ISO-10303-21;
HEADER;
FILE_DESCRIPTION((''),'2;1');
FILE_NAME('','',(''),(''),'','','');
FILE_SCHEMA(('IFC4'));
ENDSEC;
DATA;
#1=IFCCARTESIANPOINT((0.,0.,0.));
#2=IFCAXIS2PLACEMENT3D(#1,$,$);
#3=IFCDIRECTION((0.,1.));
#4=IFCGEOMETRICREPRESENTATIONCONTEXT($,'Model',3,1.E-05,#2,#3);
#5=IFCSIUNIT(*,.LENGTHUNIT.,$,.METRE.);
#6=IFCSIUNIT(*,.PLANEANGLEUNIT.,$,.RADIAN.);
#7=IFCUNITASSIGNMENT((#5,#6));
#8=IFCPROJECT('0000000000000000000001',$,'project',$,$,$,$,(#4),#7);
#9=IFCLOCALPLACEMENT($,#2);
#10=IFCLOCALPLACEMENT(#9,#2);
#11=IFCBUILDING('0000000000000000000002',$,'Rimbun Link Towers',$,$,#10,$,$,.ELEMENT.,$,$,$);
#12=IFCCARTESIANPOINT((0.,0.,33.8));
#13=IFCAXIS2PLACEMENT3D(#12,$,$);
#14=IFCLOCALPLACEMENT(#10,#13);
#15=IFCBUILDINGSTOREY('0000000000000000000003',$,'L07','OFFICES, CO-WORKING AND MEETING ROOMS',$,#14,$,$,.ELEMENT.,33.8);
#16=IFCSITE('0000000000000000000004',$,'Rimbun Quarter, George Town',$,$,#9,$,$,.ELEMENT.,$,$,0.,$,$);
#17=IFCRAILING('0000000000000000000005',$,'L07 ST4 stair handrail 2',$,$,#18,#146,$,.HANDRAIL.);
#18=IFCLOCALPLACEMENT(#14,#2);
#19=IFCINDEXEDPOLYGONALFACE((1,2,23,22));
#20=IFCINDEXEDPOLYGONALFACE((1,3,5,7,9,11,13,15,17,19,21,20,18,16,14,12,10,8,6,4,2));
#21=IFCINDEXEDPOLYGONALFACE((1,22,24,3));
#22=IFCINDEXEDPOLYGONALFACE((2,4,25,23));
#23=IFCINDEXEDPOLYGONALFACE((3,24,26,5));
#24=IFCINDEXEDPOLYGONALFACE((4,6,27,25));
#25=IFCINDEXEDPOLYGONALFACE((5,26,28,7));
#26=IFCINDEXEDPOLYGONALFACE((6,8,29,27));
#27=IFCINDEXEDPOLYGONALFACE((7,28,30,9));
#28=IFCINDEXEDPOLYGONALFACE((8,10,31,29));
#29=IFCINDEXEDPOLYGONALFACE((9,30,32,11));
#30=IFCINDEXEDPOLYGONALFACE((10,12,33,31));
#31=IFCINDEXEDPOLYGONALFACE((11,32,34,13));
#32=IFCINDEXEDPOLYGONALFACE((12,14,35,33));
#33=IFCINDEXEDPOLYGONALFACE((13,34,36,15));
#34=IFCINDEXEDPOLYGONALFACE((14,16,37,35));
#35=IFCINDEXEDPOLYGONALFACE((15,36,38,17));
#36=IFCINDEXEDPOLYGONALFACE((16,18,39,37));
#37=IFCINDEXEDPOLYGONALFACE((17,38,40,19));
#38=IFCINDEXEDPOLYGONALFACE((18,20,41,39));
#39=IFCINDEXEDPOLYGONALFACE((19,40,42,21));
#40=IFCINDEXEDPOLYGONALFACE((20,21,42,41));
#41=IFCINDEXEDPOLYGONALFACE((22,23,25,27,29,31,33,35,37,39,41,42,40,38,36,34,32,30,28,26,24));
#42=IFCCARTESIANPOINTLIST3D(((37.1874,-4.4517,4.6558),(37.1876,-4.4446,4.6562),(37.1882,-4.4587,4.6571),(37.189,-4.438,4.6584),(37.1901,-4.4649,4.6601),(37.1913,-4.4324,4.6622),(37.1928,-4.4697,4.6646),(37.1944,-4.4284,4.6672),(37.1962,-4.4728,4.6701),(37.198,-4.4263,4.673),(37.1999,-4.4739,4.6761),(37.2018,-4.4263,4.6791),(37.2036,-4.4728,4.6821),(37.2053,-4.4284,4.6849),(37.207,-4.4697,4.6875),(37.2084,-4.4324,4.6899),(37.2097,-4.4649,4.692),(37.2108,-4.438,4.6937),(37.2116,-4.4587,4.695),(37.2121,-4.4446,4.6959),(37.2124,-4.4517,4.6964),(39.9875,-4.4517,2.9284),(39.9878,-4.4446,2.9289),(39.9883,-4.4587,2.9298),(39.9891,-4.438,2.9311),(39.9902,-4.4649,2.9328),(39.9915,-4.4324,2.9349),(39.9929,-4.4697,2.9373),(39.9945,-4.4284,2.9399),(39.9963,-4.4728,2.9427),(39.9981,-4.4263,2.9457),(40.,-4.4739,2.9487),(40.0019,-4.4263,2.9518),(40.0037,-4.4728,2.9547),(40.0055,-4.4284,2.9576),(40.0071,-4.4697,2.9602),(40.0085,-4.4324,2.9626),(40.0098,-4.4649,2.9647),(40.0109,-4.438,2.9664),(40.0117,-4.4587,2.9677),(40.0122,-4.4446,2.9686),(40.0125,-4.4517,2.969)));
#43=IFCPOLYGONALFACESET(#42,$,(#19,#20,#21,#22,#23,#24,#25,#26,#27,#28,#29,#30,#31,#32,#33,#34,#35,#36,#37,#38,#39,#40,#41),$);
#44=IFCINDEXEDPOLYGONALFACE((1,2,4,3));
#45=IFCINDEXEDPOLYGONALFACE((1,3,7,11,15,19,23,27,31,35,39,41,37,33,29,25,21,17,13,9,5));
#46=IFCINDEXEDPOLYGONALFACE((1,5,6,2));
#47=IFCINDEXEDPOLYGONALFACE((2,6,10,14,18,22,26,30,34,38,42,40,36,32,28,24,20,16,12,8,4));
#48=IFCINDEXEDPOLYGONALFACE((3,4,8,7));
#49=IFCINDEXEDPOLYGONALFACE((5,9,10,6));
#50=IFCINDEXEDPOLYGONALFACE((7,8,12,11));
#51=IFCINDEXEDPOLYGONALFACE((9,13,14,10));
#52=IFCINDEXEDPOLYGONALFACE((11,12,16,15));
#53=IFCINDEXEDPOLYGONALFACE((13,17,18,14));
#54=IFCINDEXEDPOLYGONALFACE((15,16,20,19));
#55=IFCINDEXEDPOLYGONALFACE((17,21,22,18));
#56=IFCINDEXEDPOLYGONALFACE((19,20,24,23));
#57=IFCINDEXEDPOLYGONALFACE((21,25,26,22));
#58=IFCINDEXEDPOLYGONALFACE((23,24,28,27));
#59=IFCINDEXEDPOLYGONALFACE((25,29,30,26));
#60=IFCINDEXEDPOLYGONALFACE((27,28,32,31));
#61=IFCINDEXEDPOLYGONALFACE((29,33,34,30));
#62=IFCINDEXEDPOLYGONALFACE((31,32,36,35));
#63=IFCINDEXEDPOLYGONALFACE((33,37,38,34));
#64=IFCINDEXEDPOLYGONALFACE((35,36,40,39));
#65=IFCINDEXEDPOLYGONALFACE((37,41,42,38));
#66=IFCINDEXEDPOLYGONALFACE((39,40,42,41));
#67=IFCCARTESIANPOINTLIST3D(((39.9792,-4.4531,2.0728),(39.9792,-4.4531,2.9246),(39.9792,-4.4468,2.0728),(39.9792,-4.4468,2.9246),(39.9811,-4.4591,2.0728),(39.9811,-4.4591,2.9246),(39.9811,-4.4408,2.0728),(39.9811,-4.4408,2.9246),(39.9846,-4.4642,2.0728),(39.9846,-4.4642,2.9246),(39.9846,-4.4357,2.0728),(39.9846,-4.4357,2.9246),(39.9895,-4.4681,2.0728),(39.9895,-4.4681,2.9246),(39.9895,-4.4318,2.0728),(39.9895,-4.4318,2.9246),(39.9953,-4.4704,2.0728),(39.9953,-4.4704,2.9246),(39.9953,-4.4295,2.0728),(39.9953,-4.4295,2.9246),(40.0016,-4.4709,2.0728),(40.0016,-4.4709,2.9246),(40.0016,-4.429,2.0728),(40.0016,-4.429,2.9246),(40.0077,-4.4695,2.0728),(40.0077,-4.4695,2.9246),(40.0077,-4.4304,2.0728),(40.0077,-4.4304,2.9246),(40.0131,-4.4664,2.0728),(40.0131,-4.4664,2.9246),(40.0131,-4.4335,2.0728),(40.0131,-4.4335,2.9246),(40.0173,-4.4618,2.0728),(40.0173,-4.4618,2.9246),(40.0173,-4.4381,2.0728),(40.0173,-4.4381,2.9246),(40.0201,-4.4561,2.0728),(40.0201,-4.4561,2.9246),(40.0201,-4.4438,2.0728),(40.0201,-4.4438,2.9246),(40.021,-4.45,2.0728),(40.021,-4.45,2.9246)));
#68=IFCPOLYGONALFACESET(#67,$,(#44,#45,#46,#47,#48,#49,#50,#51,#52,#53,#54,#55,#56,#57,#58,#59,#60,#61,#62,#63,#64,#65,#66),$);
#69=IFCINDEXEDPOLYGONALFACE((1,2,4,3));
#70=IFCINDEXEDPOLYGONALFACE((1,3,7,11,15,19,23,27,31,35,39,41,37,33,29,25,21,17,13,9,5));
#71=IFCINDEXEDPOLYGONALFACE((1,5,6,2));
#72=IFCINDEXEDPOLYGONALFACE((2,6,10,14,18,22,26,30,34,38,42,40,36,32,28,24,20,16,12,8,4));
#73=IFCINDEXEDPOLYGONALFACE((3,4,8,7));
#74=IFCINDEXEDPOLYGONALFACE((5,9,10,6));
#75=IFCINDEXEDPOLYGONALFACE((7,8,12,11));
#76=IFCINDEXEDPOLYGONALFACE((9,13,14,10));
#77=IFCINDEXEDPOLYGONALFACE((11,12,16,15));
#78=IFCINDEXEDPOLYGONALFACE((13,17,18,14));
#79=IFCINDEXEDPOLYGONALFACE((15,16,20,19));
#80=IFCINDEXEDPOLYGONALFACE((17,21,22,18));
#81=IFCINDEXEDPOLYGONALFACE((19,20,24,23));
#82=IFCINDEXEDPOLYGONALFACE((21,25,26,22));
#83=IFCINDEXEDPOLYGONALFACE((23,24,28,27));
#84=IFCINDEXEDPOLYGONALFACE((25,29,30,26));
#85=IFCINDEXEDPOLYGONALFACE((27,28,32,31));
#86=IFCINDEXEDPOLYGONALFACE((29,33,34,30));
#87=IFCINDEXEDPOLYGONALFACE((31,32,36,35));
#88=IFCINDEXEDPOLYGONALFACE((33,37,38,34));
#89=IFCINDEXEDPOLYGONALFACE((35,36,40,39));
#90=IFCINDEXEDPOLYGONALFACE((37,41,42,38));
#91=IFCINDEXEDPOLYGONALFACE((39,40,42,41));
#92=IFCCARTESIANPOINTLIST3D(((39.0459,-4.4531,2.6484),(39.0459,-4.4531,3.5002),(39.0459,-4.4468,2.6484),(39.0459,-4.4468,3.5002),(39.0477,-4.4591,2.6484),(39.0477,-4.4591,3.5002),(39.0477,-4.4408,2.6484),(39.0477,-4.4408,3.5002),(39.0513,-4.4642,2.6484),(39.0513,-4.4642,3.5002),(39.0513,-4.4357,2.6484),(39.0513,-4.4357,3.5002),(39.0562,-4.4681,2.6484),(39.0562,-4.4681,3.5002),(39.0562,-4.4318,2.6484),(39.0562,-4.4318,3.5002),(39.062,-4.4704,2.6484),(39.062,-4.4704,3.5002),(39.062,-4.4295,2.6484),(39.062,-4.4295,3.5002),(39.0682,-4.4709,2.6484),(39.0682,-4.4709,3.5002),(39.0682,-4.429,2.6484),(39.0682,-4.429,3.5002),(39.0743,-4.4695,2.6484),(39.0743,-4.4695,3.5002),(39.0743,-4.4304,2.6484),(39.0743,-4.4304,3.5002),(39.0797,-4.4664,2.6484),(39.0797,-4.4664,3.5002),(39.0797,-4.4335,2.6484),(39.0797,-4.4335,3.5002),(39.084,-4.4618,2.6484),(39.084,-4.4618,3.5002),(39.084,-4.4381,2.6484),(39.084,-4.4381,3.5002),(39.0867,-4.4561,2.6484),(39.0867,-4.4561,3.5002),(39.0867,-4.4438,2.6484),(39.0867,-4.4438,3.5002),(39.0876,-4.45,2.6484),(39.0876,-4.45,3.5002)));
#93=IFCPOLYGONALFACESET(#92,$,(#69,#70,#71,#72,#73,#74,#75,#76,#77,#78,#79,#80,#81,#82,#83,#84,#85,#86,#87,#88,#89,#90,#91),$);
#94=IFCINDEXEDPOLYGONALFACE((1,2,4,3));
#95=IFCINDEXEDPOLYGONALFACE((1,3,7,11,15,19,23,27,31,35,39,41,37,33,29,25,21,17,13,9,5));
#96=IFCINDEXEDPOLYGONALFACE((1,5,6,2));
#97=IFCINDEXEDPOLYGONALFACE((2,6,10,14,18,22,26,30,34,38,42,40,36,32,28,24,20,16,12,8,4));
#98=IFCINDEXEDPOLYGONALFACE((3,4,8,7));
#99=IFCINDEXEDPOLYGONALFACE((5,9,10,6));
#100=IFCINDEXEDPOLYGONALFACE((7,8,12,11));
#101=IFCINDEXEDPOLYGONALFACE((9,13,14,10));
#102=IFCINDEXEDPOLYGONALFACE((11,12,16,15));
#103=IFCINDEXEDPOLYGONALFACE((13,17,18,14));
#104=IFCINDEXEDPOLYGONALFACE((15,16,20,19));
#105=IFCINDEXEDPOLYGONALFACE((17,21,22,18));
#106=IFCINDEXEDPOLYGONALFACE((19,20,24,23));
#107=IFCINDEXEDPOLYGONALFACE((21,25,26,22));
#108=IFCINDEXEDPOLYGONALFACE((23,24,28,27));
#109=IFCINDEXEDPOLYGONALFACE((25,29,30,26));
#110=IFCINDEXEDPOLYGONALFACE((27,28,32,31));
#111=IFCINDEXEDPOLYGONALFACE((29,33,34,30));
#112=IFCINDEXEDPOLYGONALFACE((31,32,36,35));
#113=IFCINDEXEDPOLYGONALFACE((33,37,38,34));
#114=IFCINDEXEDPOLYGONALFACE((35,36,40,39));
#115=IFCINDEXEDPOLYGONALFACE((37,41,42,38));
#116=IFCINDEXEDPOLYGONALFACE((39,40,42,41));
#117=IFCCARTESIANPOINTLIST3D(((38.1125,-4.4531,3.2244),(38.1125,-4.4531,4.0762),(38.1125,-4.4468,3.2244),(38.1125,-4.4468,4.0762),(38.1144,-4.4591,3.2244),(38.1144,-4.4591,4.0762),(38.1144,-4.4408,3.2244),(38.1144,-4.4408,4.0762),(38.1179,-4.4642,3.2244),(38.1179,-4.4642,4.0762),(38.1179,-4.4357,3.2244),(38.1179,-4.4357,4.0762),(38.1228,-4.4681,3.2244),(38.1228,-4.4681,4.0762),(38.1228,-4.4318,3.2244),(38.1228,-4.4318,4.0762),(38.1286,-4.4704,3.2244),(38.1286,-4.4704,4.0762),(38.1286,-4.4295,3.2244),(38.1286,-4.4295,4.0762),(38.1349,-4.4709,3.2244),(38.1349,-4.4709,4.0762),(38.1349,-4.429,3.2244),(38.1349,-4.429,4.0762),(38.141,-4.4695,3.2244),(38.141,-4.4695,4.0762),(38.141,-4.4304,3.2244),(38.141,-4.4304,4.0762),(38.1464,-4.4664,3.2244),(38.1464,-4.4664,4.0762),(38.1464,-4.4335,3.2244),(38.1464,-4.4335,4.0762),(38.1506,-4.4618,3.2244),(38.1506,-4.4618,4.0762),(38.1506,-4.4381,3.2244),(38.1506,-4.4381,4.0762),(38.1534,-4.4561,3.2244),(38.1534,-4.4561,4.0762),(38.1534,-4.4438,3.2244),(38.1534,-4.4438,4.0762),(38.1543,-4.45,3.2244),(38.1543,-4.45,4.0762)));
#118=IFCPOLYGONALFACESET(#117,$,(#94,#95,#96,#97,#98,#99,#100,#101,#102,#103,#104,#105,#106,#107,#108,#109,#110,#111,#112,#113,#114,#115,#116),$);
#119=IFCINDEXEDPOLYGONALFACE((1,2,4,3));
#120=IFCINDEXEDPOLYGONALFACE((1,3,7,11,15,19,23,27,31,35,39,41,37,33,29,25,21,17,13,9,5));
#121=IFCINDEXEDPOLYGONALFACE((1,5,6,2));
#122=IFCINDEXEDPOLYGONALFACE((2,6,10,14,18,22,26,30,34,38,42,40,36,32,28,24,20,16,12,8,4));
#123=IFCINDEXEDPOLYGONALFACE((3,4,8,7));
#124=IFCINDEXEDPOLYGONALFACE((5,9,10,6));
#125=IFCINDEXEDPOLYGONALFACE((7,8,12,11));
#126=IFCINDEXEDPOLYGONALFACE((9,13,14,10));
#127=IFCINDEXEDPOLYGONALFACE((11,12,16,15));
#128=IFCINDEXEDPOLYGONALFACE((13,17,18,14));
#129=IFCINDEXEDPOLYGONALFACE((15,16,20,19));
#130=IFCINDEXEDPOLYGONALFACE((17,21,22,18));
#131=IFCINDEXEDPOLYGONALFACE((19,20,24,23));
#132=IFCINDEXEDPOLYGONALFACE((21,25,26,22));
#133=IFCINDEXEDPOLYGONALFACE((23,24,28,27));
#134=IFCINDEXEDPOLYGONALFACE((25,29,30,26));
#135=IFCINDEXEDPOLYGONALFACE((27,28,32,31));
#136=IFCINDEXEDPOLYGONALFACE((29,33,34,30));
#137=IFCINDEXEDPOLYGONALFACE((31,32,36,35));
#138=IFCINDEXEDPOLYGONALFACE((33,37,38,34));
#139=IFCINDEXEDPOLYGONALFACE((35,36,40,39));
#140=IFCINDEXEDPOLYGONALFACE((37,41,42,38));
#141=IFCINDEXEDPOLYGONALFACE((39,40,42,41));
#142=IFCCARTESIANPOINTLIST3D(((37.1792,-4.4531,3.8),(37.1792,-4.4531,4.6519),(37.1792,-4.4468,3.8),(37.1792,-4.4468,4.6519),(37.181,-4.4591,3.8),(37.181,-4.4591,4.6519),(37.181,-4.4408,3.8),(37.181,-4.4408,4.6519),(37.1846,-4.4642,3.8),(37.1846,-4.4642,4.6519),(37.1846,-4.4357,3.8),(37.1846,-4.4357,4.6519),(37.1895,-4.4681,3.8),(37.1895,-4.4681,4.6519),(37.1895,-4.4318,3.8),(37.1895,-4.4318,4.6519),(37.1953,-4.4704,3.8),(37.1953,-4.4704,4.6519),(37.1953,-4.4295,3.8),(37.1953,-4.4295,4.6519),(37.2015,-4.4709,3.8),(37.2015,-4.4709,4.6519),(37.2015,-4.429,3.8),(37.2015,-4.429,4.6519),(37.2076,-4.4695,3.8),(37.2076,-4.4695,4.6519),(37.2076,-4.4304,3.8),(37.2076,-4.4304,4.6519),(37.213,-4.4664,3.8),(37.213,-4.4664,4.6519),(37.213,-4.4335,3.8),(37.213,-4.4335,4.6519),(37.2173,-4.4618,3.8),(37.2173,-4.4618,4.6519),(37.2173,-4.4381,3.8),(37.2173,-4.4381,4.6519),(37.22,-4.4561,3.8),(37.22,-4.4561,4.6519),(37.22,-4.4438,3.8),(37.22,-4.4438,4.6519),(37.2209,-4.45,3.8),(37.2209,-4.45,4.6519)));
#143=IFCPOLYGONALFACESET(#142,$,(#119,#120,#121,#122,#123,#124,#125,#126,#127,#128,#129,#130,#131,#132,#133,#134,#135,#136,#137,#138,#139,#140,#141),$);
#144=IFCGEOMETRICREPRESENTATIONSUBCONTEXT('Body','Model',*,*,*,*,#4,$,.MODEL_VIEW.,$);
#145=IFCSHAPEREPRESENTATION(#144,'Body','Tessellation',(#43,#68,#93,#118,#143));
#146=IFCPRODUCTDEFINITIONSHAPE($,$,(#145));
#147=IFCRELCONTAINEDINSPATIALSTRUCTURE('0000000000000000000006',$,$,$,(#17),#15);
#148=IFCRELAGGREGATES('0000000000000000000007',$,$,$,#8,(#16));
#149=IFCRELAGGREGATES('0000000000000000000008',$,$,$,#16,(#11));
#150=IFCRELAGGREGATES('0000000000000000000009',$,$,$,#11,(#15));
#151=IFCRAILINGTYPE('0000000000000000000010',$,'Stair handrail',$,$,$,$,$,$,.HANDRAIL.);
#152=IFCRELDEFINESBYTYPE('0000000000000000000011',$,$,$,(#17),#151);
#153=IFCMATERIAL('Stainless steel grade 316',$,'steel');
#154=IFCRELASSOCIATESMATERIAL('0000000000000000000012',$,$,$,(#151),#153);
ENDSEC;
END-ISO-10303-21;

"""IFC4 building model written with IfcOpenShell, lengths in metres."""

from ifc_helpers import new_model, si_unit, direction, frame, origin, origin_2d, place, context, subcontext, project, spatial, circle, extrude, material, type_object, element, save


model = new_model("IFC4")

# Units and contexts
model_context = context("Model", 3, precision=1e-05, world=origin(), true_north=direction((0.0, 1.0)))
body_context = subcontext(model_context, "Body", "Model", "MODEL_VIEW")
ifc_project = project(units=[si_unit("LENGTHUNIT", "METRE"), si_unit("PLANEANGLEUNIT", "RADIAN")], contexts=[model_context])

# Site, building, storey
site_placement = place(None, origin())
site = spatial("IfcSite", under=ifc_project, at=site_placement, Name="Rimbun Quarter, George Town", CompositionType="ELEMENT", RefElevation=0.0)
building_placement = place(site_placement, origin())
building = spatial("IfcBuilding", under=site, at=building_placement, Name="Rimbun Link Towers", CompositionType="ELEMENT")
storey_placement = place(building_placement, frame((0.0, 0.0, 33.8)))
storey = spatial("IfcBuildingStorey", under=building, at=storey_placement, Name="L07", Description="OFFICES, CO-WORKING AND MEETING ROOMS", CompositionType="ELEMENT", Elevation=33.8)

# Railing
ifc_material_1 = material(Name="Stainless steel grade 316", Category="steel")
railing_type_1 = type_object("IfcRailingType", Name="Stair handrail", PredefinedType="HANDRAIL", material=ifc_material_1)
railing_1_placement = place(storey_placement, frame((40.0, -4.45, 2.0728)))
element("IfcRailing", 1, at=railing_1_placement, inside=storey, type_object=railing_type_1, Name="L07 ST4 stair handrail 2", PredefinedType="HANDRAIL", context=body_context, shape_type="SweptSolid", body=[
    extrude(circle(Radius=0.0239, at=origin_2d()), frame((0.0, 0.0, 0.876), z_axis=(-0.85109, 0.0, 0.52502), x_axis=(0.0, -1.0, 0.0)), (0.0, 0.0, 1.0), 3.29),
    extrude(circle(Radius=0.021, at=origin_2d()), origin(), (0.0, 0.0, 1.0), 0.8518),
    extrude(circle(Radius=0.021, at=origin_2d()), frame((-0.9333, 0.0, 0.5757)), (0.0, 0.0, 1.0), 0.8518),
    extrude(circle(Radius=0.021, at=origin_2d()), frame((-1.8667, 0.0, 1.1516)), (0.0, 0.0, 1.0), 0.8518),
    extrude(circle(Radius=0.021, at=origin_2d()), frame((-2.8, 0.0, 1.7273)), (0.0, 0.0, 1.0), 0.8518),
])

save(model, "model.ifc")
